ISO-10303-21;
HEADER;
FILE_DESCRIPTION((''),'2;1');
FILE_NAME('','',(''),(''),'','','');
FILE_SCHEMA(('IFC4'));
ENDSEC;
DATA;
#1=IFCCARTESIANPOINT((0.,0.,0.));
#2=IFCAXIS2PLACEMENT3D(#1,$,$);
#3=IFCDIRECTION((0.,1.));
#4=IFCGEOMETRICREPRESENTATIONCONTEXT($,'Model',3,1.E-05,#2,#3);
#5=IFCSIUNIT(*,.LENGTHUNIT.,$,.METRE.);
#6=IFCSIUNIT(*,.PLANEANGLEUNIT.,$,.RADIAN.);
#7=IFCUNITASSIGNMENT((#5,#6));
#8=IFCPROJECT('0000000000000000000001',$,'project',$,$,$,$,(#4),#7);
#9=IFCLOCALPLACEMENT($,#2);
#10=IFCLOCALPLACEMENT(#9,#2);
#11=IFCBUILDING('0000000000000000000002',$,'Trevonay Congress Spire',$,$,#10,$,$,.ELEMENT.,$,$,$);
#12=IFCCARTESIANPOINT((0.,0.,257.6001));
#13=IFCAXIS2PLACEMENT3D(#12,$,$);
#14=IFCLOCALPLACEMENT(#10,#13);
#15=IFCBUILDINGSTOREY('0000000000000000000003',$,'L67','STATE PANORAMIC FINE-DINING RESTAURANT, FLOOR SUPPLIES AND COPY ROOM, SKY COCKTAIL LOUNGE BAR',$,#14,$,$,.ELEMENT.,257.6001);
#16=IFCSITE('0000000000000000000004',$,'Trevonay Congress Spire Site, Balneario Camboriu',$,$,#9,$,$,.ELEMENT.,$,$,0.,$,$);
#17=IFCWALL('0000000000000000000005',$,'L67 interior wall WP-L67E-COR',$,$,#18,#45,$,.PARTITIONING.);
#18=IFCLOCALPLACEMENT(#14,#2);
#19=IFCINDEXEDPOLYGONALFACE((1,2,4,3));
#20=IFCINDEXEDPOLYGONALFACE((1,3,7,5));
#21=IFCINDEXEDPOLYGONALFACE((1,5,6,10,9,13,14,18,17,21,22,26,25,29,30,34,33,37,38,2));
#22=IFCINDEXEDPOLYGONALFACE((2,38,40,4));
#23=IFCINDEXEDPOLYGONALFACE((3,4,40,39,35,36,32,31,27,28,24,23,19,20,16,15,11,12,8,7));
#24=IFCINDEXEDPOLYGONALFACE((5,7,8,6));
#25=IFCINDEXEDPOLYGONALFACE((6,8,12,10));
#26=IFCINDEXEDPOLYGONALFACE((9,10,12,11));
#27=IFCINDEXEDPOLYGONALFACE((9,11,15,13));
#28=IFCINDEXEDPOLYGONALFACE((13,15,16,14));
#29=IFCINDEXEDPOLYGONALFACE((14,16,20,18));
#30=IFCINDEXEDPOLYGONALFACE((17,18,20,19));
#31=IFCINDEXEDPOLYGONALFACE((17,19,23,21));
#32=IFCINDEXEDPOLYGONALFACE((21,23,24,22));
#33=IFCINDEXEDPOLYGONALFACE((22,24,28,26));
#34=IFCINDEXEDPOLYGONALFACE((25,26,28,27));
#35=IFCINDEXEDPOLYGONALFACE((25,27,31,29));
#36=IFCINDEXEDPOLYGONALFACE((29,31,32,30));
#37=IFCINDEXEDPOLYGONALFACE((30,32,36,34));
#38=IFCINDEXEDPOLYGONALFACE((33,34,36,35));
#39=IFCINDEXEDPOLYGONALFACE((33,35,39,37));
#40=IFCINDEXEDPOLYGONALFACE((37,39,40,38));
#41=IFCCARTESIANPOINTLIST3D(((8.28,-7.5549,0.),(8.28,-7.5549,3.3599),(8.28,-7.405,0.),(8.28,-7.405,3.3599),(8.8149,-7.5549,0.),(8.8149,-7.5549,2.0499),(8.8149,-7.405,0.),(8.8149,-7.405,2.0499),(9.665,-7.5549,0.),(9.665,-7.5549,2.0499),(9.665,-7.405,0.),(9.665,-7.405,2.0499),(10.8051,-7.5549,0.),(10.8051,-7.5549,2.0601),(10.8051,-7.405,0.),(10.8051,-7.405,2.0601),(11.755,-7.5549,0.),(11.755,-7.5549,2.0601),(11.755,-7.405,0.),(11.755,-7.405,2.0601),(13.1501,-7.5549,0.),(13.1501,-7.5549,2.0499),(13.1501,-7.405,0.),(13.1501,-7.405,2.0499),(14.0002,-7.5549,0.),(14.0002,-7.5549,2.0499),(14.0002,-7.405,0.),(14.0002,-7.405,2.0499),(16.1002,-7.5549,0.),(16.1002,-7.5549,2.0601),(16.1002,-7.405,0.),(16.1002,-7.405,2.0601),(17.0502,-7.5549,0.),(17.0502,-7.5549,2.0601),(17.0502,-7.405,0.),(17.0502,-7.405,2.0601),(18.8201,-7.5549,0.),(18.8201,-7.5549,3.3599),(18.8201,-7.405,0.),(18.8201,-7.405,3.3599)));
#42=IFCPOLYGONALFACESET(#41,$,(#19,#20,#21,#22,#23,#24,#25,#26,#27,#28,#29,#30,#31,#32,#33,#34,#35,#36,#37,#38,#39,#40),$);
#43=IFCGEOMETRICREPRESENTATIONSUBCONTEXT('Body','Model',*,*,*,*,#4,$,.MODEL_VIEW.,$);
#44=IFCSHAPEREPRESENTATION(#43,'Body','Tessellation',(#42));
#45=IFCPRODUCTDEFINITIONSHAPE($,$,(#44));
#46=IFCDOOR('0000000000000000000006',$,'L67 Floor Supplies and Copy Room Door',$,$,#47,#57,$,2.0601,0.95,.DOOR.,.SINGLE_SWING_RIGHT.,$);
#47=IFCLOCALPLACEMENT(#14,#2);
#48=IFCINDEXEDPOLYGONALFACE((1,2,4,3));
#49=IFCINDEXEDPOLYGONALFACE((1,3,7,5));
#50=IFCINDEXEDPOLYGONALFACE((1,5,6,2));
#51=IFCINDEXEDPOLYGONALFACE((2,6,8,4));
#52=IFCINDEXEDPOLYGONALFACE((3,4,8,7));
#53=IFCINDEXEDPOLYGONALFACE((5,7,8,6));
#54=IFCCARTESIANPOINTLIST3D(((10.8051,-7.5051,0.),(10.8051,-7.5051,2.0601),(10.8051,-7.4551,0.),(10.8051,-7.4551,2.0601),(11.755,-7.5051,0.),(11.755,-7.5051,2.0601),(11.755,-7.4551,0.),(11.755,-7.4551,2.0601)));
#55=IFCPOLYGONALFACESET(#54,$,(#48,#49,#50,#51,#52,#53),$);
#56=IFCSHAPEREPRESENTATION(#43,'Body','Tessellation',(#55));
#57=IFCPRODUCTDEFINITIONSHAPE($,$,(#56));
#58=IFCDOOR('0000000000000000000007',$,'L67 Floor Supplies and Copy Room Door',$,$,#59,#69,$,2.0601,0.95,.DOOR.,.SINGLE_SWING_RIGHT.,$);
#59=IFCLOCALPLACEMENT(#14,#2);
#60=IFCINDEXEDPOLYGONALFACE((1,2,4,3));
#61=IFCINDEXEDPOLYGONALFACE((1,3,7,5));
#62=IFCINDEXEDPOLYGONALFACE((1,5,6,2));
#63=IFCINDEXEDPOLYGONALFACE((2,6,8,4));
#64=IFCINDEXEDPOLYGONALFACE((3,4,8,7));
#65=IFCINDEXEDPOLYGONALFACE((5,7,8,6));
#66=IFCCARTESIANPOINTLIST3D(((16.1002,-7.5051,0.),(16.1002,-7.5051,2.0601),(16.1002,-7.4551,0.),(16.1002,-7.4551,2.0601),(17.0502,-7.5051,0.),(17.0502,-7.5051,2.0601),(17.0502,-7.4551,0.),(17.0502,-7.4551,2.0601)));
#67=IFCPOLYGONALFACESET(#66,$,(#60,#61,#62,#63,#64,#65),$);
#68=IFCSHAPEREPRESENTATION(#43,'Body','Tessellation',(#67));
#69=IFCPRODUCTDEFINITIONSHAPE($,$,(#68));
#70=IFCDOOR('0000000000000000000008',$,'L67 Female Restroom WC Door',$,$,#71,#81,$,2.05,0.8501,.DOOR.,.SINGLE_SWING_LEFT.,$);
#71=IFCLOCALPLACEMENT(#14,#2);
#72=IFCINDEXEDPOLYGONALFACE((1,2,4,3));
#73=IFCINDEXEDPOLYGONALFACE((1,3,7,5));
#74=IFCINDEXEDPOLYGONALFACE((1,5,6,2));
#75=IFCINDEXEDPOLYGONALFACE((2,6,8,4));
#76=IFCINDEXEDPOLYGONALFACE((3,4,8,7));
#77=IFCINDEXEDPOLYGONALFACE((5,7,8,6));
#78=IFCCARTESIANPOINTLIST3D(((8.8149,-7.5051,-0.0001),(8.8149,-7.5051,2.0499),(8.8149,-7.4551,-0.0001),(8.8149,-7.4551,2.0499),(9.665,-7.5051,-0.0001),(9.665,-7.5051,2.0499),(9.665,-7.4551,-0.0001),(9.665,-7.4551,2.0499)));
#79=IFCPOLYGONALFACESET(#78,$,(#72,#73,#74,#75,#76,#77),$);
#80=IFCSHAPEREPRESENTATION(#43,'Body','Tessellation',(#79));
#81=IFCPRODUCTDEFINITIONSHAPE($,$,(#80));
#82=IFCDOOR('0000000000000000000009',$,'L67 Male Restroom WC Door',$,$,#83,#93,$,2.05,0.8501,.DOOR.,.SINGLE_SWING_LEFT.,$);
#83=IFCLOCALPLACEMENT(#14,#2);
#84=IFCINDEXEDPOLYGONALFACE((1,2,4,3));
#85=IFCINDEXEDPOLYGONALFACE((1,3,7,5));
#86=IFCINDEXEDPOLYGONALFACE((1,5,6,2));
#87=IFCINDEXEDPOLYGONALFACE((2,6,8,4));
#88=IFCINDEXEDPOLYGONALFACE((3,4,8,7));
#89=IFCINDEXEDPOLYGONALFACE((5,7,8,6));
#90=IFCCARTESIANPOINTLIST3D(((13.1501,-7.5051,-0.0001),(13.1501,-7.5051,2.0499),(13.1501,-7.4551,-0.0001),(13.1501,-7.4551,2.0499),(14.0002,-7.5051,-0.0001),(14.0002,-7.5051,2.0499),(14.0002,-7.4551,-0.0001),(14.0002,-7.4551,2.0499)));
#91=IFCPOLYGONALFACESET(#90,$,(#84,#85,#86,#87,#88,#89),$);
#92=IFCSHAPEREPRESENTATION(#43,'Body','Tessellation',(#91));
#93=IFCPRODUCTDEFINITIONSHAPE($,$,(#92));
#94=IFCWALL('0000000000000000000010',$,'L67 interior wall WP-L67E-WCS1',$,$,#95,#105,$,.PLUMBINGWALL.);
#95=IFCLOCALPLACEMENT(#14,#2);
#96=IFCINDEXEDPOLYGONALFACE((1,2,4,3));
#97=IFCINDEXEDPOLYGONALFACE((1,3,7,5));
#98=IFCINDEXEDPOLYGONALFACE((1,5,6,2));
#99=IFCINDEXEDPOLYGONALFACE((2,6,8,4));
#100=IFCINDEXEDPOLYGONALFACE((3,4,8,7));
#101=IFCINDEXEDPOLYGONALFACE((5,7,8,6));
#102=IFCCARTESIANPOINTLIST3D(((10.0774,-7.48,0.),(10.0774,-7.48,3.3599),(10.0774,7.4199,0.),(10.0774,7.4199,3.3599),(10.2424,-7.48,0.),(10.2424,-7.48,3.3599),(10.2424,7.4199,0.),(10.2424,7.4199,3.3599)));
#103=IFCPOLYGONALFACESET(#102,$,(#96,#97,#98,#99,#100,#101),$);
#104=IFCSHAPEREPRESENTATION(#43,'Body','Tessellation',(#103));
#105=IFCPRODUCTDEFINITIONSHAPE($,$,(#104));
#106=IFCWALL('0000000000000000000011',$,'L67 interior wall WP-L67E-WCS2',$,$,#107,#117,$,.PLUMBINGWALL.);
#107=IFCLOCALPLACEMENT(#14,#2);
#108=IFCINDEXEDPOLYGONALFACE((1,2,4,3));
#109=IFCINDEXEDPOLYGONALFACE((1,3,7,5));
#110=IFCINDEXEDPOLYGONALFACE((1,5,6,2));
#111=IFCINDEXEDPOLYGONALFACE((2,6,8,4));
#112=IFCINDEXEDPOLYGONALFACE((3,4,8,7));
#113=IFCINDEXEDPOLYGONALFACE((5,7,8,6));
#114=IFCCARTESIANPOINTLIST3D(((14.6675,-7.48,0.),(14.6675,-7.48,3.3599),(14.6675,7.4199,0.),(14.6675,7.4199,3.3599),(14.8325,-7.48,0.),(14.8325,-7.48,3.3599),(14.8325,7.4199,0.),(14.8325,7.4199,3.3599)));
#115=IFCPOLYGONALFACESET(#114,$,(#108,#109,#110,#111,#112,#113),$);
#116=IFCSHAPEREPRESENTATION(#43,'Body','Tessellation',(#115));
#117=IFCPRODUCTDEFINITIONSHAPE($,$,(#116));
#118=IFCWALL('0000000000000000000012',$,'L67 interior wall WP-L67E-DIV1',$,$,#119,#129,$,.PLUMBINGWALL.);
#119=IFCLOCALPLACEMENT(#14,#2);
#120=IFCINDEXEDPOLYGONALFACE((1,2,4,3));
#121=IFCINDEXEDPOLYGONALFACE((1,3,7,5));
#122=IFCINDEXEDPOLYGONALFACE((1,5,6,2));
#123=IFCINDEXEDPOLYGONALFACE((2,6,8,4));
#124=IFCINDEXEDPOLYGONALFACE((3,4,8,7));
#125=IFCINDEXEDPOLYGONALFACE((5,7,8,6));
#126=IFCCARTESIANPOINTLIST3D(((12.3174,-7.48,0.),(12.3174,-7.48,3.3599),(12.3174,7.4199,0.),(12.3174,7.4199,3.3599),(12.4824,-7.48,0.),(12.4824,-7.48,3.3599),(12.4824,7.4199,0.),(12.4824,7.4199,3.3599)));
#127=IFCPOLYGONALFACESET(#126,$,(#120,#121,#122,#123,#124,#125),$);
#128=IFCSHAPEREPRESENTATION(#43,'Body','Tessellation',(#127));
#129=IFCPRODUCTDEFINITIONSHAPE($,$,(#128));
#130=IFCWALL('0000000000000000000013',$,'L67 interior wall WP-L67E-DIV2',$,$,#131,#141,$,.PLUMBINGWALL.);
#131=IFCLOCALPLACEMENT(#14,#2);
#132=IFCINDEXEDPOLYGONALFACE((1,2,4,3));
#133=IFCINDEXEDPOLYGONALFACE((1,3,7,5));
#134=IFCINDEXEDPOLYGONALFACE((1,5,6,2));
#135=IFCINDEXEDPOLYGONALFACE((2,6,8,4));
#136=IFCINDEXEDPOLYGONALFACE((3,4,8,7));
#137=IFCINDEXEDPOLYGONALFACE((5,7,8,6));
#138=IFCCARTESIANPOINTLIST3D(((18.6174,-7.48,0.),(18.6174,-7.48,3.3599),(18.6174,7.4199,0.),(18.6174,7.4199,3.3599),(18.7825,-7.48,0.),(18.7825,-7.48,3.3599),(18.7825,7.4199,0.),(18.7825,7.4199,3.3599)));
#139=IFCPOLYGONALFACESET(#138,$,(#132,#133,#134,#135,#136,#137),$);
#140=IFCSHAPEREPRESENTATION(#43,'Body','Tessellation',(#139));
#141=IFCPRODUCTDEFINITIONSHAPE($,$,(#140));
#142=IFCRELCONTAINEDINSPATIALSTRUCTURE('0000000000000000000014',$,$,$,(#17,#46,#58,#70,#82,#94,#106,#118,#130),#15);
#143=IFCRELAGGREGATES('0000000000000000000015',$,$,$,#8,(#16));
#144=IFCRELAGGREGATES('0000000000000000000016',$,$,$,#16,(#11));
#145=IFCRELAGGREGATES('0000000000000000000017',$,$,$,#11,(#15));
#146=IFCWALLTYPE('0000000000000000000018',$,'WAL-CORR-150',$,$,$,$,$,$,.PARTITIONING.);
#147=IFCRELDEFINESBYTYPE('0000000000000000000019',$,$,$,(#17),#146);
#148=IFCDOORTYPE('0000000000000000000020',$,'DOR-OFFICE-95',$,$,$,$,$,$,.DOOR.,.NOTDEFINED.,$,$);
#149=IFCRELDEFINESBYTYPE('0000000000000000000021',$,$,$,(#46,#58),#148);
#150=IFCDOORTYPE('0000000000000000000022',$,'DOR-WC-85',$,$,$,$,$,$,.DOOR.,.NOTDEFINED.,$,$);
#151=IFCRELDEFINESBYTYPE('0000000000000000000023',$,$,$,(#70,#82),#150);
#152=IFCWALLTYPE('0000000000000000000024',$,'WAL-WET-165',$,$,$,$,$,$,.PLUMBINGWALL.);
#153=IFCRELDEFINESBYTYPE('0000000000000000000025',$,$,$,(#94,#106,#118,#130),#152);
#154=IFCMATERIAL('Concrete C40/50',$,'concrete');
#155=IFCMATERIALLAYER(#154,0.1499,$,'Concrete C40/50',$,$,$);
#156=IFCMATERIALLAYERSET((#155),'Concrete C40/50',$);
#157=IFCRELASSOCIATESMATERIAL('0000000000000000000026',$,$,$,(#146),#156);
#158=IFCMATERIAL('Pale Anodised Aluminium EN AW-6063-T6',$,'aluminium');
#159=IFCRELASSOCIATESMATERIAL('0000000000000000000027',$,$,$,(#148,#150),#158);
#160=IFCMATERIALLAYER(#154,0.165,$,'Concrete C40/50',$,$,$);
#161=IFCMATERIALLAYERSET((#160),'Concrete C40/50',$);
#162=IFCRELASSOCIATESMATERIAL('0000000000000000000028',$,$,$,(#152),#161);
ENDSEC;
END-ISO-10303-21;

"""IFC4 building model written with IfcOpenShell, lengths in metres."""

from ifc_helpers import new_model, si_unit, direction, frame, frame_2d, origin, place, context, subcontext, project, spatial, rectangle, extrude, material, layer, layer_set, type_object, element, fill, save


model = new_model("IFC4")

# Units and contexts
model_context = context("Model", 3, precision=1e-05, world=origin(), true_north=direction((0.0, 1.0)))
body_context = subcontext(model_context, "Body", "Model", "MODEL_VIEW")
ifc_project = project(units=[si_unit("LENGTHUNIT", "METRE"), si_unit("PLANEANGLEUNIT", "RADIAN")], contexts=[model_context])

# Site, building, storey
site_placement = place(None, origin())
site = spatial("IfcSite", under=ifc_project, at=site_placement, Name="Trevonay Congress Spire Site, Balneario Camboriu", CompositionType="ELEMENT", RefElevation=0.0)
building_placement = place(site_placement, origin())
building = spatial("IfcBuilding", under=site, at=building_placement, Name="Trevonay Congress Spire", CompositionType="ELEMENT")
storey_placement = place(building_placement, frame((0.0, 0.0, 257.6001)))
storey = spatial("IfcBuildingStorey", under=building, at=storey_placement, Name="L67", Description="STATE PANORAMIC FINE-DINING RESTAURANT, FLOOR SUPPLIES AND COPY ROOM, SKY COCKTAIL LOUNGE BAR", CompositionType="ELEMENT", Elevation=257.6001)

# Shared definitions
ifc_material_1 = material(Name="Pale Anodised Aluminium EN AW-6063-T6", Category="aluminium")

# Wall, openings, doors
ifc_material_2 = material(Name="Concrete C40/50", Category="concrete")
ifc_layer_1 = layer(ifc_material_2, 0.1499, Name="Concrete C40/50")
ifc_layer_set_1 = layer_set([ifc_layer_1], Name="Concrete C40/50")
wall_type_1 = type_object("IfcWallType", Name="WAL-CORR-150", PredefinedType="PARTITIONING", material=ifc_layer_set_1)
wall_placement = place(storey_placement, frame((8.28, -7.48, 0.0), z_axis=(0.0, 0.0, 1.0), x_axis=(1.0, 0.0, 0.0)))
wall = element("IfcWall", 1, at=wall_placement, inside=storey, type_object=wall_type_1, Name="L67 interior wall WP-L67E-COR", PredefinedType="PARTITIONING", context=body_context, shape_type="SweptSolid", body=[
    extrude(rectangle(XDim=10.54, YDim=0.1499, at=frame_2d((5.27, 0.0))), origin(), (0.0, 0.0, 1.0), 3.3599),
])
opening_1_placement = place(wall_placement, frame((0.5349, 0.0, 0.0)))
opening_1 = element("IfcOpeningElement", 2, at=opening_1_placement, cuts=wall, PredefinedType="OPENING", context=body_context, shape_type="SweptSolid", body=[
    extrude(rectangle(XDim=0.8501, YDim=2.05, at=frame_2d((0.425, 1.0249))), frame((0.0, 0.085, 0.0), z_axis=(0.0, -1.0, 0.0), x_axis=(1.0, 0.0, 0.0)), (0.0, 0.0, 1.0), 0.1699),
])
opening_2_placement = place(wall_placement, frame((2.5249, 0.0, 0.0)))
opening_2 = element("IfcOpeningElement", 3, at=opening_2_placement, cuts=wall, PredefinedType="OPENING", context=body_context, shape_type="SweptSolid", body=[
    extrude(rectangle(XDim=0.95, YDim=2.0601, at=frame_2d((0.4751, 1.03))), frame((0.0, 0.085, 0.0), z_axis=(0.0, -1.0, 0.0), x_axis=(1.0, 0.0, 0.0)), (0.0, 0.0, 1.0), 0.1699),
])
opening_3_placement = place(wall_placement, frame((4.8701, 0.0, 0.0)))
opening_3 = element("IfcOpeningElement", 4, at=opening_3_placement, cuts=wall, PredefinedType="OPENING", context=body_context, shape_type="SweptSolid", body=[
    extrude(rectangle(XDim=0.8501, YDim=2.05, at=frame_2d((0.425, 1.0249))), frame((0.0, 0.085, 0.0), z_axis=(0.0, -1.0, 0.0), x_axis=(1.0, 0.0, 0.0)), (0.0, 0.0, 1.0), 0.1699),
])
opening_4_placement = place(wall_placement, frame((7.8201, 0.0, 0.0)))
opening_4 = element("IfcOpeningElement", 5, at=opening_4_placement, cuts=wall, PredefinedType="OPENING", context=body_context, shape_type="SweptSolid", body=[
    extrude(rectangle(XDim=0.95, YDim=2.0601, at=frame_2d((0.4751, 1.03))), frame((0.0, 0.085, 0.0), z_axis=(0.0, -1.0, 0.0), x_axis=(1.0, 0.0, 0.0)), (0.0, 0.0, 1.0), 0.1699),
])
door_type_1 = type_object("IfcDoorType", Name="DOR-OFFICE-95", OperationType="NOTDEFINED", PredefinedType="DOOR", material=ifc_material_1)
door_1_placement = place(opening_2_placement, origin())
door_1 = element("IfcDoor", 6, at=door_1_placement, inside=storey, type_object=door_type_1, Name="L67 Floor Supplies and Copy Room Door", OperationType="SINGLE_SWING_RIGHT", OverallHeight=2.0601, OverallWidth=0.95, PredefinedType="DOOR", context=body_context, shape_type="SweptSolid", body=[
    extrude(rectangle(XDim=0.95, YDim=2.0601, at=frame_2d((0.4751, 1.03))), frame((0.0, 0.0249, 0.0), z_axis=(0.0, -1.0, 0.0), x_axis=(1.0, 0.0, 0.0)), (0.0, 0.0, 1.0), 0.05),
])
fill(opening_2, door_1)
door_2_placement = place(opening_4_placement, origin())
door_2 = element("IfcDoor", 7, at=door_2_placement, inside=storey, type_object=door_type_1, Name="L67 Floor Supplies and Copy Room Door", OperationType="SINGLE_SWING_RIGHT", OverallHeight=2.0601, OverallWidth=0.95, PredefinedType="DOOR", context=body_context, shape_type="SweptSolid", body=[
    extrude(rectangle(XDim=0.95, YDim=2.0601, at=frame_2d((0.4751, 1.03))), frame((0.0, 0.0249, 0.0), z_axis=(0.0, -1.0, 0.0), x_axis=(1.0, 0.0, 0.0)), (0.0, 0.0, 1.0), 0.05),
])
fill(opening_4, door_2)
door_type_2 = type_object("IfcDoorType", Name="DOR-WC-85", OperationType="NOTDEFINED", PredefinedType="DOOR", material=ifc_material_1)
door_3_placement = place(opening_1_placement, origin())
door_3 = element("IfcDoor", 8, at=door_3_placement, inside=storey, type_object=door_type_2, Name="L67 Female Restroom WC Door", OperationType="SINGLE_SWING_LEFT", OverallHeight=2.05, OverallWidth=0.8501, PredefinedType="DOOR", context=body_context, shape_type="SweptSolid", body=[
    extrude(rectangle(XDim=0.8501, YDim=2.05, at=frame_2d((0.425, 1.0249))), frame((0.0, 0.0249, 0.0), z_axis=(0.0, -1.0, 0.0), x_axis=(1.0, 0.0, 0.0)), (0.0, 0.0, 1.0), 0.05),
])
fill(opening_1, door_3)
door_4_placement = place(opening_3_placement, origin())
door_4 = element("IfcDoor", 9, at=door_4_placement, inside=storey, type_object=door_type_2, Name="L67 Male Restroom WC Door", OperationType="SINGLE_SWING_LEFT", OverallHeight=2.05, OverallWidth=0.8501, PredefinedType="DOOR", context=body_context, shape_type="SweptSolid", body=[
    extrude(rectangle(XDim=0.8501, YDim=2.05, at=frame_2d((0.425, 1.0249))), frame((0.0, 0.0249, 0.0), z_axis=(0.0, -1.0, 0.0), x_axis=(1.0, 0.0, 0.0)), (0.0, 0.0, 1.0), 0.05),
])
fill(opening_3, door_4)

# Walls
ifc_layer_2 = layer(ifc_material_2, 0.165, Name="Concrete C40/50")
ifc_layer_set_2 = layer_set([ifc_layer_2], Name="Concrete C40/50")
wall_type_2 = type_object("IfcWallType", Name="WAL-WET-165", PredefinedType="PLUMBINGWALL", material=ifc_layer_set_2)
for number, where, z_axis, x_axis, name in (
    (10, (10.1599, -7.48, 0.0), (0.0, 0.0, 1.0), (0.0, 1.0, 0.0), "L67 interior wall WP-L67E-WCS1"),
    (11, (14.75, -7.48, 0.0), (0.0, 0.0, 1.0), (0.0, 1.0, 0.0), "L67 interior wall WP-L67E-WCS2"),
    (12, (12.3999, -7.48, 0.0), (0.0, 0.0, 1.0), (0.0, 1.0, 0.0), "L67 interior wall WP-L67E-DIV1"),
    (13, (18.7, -7.48, 0.0), (0.0, 0.0, 1.0), (0.0, 1.0, 0.0), "L67 interior wall WP-L67E-DIV2"),
):
    element("IfcWall", number, at=place(storey_placement, frame(where, z_axis=z_axis, x_axis=x_axis)), inside=storey, type_object=wall_type_2, Name=name, PredefinedType="PLUMBINGWALL", context=body_context, shape_type="SweptSolid", body=[
        extrude(rectangle(XDim=14.8999, YDim=0.165, at=frame_2d((7.45, 0.0))), origin(), (0.0, 0.0, 1.0), 3.3599),
    ])

save(model, "model.ifc")
